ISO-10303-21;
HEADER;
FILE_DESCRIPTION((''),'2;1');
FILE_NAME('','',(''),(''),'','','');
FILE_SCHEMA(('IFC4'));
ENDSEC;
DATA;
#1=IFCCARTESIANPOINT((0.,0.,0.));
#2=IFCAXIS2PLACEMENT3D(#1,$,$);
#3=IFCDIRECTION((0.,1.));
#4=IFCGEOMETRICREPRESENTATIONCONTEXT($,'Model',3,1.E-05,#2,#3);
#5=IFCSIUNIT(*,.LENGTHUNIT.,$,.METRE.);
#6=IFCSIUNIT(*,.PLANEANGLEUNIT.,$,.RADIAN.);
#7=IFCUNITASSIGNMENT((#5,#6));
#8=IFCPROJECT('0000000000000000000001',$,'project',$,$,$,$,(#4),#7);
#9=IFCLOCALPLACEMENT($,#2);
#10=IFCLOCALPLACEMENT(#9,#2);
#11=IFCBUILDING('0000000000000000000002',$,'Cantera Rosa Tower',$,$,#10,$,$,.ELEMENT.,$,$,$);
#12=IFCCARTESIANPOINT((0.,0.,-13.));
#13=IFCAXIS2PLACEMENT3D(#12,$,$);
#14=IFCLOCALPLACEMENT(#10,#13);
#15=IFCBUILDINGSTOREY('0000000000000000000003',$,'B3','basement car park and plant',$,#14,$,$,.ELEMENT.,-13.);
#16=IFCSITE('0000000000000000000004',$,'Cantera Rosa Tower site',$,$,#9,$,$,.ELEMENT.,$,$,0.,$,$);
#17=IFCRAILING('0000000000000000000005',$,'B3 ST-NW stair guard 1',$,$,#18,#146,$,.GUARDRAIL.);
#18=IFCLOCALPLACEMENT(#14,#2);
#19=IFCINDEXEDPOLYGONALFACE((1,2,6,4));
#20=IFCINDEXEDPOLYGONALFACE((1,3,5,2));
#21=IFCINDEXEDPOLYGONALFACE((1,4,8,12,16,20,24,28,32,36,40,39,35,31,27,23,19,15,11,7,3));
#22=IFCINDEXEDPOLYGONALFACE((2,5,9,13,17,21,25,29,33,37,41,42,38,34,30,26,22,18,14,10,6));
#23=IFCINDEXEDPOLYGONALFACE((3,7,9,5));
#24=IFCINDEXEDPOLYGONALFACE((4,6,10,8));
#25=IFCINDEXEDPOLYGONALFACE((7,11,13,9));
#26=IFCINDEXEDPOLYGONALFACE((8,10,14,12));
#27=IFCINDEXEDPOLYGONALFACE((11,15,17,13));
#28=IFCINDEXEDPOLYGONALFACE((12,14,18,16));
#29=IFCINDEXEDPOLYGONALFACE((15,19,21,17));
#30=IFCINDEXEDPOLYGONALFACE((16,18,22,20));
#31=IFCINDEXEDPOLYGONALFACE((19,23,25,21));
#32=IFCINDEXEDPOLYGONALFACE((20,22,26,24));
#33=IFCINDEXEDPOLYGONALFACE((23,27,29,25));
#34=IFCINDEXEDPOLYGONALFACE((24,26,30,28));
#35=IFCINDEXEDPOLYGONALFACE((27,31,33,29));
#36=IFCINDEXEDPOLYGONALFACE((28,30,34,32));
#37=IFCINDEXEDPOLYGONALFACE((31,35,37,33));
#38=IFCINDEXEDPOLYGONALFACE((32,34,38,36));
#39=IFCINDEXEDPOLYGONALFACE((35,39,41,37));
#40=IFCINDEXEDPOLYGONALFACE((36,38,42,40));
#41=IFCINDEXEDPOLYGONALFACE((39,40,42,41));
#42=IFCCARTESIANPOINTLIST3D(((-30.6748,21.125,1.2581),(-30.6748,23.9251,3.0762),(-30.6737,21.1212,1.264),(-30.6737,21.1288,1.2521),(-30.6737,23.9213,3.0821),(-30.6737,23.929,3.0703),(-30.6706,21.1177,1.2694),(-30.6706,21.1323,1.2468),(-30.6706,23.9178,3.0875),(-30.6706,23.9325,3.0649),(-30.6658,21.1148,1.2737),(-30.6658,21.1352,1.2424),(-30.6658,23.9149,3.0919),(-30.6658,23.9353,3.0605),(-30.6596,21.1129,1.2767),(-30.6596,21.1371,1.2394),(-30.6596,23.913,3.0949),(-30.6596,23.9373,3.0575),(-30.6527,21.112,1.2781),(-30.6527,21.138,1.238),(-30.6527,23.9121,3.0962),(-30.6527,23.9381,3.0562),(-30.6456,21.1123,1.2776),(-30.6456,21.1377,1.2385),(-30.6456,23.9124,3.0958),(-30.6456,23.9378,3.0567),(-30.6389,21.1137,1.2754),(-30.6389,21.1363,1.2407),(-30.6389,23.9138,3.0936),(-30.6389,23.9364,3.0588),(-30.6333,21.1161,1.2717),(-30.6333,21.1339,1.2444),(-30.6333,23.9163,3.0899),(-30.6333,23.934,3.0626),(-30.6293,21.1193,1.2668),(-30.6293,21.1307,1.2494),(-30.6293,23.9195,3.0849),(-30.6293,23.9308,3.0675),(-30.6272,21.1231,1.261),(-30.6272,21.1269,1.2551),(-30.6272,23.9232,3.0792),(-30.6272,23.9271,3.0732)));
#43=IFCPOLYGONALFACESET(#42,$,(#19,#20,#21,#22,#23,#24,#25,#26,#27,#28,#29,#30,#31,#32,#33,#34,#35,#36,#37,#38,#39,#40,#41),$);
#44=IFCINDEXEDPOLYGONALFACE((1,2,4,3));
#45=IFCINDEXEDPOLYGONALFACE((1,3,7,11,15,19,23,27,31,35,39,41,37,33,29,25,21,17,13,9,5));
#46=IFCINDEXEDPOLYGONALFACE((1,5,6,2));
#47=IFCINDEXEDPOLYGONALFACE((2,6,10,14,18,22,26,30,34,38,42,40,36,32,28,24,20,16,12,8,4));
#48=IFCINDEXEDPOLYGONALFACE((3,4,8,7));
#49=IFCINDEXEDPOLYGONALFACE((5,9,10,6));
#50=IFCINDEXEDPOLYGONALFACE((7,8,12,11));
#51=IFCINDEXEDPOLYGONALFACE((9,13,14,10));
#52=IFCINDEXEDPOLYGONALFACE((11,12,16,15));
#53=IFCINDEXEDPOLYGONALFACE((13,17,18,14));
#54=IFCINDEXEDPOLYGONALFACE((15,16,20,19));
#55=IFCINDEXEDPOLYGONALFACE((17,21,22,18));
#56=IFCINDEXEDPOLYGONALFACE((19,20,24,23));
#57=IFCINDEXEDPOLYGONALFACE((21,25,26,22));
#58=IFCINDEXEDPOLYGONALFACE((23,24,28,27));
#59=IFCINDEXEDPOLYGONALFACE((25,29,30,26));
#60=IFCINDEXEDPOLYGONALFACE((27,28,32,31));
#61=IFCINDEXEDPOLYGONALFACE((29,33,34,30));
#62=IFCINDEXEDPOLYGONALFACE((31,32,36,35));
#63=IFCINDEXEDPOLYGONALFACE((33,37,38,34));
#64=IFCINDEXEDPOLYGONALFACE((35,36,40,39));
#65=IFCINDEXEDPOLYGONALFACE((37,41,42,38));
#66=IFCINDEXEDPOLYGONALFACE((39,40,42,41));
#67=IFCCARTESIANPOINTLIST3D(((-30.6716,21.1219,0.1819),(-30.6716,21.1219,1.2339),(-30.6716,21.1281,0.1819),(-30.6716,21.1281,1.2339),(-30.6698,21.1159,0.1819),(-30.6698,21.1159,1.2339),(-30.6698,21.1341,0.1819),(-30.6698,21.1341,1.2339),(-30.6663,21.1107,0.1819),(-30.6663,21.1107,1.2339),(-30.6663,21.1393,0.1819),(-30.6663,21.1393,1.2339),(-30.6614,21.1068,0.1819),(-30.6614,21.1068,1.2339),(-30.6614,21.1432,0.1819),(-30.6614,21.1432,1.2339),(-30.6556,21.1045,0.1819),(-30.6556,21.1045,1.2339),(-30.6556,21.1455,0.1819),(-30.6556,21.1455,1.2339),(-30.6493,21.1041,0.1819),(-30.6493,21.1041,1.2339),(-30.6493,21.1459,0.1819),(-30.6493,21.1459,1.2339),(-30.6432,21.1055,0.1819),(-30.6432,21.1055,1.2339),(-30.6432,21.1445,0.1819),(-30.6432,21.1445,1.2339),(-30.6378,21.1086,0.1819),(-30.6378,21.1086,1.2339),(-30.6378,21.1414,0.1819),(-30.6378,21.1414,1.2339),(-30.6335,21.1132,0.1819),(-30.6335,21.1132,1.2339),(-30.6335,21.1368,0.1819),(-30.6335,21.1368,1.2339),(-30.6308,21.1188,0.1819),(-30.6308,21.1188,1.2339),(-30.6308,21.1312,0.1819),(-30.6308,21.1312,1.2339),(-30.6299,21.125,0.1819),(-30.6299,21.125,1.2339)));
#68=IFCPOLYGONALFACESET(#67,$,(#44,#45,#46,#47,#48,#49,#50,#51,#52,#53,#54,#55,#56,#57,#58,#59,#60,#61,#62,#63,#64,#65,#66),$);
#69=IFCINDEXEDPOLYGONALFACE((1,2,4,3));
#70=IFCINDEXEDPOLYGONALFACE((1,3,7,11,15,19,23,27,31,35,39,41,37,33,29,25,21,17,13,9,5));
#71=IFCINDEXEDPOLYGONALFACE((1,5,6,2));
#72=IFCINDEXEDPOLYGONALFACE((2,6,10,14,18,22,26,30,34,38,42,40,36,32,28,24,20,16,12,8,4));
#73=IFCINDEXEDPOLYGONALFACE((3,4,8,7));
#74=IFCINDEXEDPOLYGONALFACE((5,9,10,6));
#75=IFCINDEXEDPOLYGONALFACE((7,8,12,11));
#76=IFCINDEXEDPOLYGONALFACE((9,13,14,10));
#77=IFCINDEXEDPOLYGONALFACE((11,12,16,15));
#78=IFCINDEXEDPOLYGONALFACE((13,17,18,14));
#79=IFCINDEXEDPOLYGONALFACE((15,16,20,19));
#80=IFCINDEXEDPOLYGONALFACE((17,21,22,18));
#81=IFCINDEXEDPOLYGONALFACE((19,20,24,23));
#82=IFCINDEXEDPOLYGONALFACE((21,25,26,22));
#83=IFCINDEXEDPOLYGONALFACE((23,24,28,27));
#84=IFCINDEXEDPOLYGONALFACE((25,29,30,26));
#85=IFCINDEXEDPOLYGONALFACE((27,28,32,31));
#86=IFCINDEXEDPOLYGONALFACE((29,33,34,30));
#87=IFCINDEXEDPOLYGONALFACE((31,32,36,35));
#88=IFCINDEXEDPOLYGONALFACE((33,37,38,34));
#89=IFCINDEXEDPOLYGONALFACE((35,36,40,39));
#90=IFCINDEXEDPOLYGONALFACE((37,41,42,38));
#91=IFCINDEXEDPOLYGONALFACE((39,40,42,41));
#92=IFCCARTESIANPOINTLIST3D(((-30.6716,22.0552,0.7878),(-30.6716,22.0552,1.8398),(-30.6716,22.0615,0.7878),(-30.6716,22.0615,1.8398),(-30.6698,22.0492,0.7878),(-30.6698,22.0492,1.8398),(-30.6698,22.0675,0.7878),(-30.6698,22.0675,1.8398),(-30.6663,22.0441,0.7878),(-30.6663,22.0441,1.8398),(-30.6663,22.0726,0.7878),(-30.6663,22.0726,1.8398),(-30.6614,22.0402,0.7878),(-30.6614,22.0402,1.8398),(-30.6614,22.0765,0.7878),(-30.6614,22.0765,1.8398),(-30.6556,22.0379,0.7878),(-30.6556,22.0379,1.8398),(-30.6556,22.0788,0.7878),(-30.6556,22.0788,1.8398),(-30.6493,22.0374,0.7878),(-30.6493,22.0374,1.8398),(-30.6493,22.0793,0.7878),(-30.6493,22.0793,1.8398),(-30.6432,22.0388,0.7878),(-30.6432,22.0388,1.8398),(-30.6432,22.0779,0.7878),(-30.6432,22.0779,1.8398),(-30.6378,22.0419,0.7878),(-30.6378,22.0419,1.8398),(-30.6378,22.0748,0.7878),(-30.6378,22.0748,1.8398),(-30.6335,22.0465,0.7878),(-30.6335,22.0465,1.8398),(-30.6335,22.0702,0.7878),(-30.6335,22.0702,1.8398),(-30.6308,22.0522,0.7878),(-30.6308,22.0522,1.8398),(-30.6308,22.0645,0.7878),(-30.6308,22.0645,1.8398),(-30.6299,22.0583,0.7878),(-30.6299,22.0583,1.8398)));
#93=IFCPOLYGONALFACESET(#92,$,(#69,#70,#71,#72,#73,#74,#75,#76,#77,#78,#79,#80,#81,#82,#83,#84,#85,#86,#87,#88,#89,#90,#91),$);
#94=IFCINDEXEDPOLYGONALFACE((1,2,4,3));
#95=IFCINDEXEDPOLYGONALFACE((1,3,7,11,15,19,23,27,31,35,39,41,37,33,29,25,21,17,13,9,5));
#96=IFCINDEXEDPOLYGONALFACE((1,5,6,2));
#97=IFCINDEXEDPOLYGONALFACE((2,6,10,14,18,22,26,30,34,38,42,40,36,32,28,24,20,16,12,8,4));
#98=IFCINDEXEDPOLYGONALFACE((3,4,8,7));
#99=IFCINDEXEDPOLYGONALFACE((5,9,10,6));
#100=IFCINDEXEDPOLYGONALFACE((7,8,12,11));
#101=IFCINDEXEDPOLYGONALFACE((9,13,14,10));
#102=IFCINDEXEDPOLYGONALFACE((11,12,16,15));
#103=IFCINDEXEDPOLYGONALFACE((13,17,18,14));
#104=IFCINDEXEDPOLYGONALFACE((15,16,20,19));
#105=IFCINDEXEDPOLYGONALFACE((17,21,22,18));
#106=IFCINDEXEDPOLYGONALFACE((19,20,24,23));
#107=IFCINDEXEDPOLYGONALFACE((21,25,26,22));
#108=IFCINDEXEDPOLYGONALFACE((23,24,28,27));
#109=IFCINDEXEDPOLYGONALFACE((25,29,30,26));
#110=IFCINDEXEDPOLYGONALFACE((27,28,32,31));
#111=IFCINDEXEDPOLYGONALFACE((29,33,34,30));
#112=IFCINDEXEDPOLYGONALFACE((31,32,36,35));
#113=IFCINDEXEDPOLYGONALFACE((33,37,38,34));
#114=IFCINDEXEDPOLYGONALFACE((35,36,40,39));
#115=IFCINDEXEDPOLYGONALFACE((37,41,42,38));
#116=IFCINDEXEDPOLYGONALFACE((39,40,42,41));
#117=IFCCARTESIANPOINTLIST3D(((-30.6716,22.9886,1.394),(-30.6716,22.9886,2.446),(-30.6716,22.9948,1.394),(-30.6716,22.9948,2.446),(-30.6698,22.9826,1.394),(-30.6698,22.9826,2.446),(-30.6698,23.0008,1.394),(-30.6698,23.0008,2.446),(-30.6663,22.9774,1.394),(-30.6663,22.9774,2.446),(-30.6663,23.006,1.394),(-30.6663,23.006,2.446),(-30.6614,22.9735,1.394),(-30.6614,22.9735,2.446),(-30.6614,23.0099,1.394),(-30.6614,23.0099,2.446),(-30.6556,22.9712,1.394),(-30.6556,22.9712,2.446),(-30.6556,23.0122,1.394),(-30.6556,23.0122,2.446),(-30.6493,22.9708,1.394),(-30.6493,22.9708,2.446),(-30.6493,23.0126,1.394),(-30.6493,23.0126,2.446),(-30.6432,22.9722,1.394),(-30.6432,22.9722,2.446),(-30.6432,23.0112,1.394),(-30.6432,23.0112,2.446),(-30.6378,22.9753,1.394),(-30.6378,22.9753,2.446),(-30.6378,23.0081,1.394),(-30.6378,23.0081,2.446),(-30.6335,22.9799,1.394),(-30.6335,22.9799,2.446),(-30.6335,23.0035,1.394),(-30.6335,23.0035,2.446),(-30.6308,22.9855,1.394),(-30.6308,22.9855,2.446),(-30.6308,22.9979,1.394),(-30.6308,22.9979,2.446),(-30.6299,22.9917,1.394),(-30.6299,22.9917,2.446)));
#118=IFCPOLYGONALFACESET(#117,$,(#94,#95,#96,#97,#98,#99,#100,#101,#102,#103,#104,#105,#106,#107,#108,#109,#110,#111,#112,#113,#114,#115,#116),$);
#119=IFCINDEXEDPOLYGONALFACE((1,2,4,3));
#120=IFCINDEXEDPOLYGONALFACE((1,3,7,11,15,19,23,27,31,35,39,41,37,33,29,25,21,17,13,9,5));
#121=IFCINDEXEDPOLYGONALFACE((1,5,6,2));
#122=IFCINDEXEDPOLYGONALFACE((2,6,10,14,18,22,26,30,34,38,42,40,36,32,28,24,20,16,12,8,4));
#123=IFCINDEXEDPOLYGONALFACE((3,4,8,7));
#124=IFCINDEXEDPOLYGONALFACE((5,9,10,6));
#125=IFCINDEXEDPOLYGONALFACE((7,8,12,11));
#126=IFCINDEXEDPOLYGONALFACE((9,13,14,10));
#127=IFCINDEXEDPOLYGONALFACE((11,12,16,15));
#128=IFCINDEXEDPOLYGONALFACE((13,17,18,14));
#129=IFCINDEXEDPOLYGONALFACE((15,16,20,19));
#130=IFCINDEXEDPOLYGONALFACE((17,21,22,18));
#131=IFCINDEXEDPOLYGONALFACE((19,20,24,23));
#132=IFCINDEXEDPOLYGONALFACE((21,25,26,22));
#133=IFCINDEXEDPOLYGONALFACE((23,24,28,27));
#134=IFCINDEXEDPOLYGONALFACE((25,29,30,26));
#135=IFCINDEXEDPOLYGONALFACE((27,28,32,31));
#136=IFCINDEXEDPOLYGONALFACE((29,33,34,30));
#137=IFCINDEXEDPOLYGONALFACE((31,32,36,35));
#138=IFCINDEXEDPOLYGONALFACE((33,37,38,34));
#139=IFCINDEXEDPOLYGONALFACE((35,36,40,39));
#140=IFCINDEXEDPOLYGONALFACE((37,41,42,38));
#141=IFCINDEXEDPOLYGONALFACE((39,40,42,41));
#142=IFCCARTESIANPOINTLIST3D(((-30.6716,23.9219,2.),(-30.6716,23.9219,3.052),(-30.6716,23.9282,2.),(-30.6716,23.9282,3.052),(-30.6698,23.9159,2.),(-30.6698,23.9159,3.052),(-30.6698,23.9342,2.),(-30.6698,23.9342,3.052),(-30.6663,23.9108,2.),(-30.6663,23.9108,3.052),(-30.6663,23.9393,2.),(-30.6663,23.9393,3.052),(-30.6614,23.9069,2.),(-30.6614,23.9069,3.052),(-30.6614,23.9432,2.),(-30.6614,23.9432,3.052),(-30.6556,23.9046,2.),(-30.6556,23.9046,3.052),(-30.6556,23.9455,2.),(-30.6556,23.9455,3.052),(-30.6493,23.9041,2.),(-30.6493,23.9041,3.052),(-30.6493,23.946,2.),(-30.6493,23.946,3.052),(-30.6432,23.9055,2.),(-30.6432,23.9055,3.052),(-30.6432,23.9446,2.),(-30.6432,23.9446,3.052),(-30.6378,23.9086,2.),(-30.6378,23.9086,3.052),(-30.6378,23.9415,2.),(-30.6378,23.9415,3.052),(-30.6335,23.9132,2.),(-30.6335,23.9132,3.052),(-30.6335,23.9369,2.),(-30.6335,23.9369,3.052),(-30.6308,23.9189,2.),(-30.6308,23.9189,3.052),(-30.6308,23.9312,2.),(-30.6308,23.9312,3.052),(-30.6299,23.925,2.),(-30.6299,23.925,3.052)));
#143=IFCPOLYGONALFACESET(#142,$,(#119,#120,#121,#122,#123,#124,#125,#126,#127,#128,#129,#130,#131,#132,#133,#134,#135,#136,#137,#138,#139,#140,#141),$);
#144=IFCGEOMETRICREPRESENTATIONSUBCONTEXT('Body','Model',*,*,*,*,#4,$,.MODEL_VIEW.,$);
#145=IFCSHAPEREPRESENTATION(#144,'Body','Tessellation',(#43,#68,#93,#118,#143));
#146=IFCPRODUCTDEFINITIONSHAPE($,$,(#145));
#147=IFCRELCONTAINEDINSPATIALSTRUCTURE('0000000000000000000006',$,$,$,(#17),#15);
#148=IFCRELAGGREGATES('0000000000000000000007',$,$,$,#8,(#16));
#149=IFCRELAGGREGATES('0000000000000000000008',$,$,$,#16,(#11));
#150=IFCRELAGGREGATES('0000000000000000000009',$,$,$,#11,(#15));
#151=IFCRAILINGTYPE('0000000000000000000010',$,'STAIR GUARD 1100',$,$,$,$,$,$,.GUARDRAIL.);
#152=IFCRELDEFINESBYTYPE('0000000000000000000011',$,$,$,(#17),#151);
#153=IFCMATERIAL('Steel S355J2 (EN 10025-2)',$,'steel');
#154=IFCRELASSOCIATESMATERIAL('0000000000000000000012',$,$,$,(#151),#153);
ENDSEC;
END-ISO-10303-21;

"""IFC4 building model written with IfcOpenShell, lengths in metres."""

from ifc_helpers import new_model, si_unit, direction, frame, origin, origin_2d, place, context, subcontext, project, spatial, circle, extrude, material, type_object, element, save


model = new_model("IFC4")

# Units and contexts
model_context = context("Model", 3, precision=1e-05, world=origin(), true_north=direction((0.0, 1.0)))
body_context = subcontext(model_context, "Body", "Model", "MODEL_VIEW")
ifc_project = project(units=[si_unit("LENGTHUNIT", "METRE"), si_unit("PLANEANGLEUNIT", "RADIAN")], contexts=[model_context])

# Site, building, storey
site_placement = place(None, origin())
site = spatial("IfcSite", under=ifc_project, at=site_placement, Name="Cantera Rosa Tower site", CompositionType="ELEMENT", RefElevation=0.0)
building_placement = place(site_placement, origin())
building = spatial("IfcBuilding", under=site, at=building_placement, Name="Cantera Rosa Tower", CompositionType="ELEMENT")
storey_placement = place(building_placement, frame((0.0, 0.0, -13.0)))
storey = spatial("IfcBuildingStorey", under=building, at=storey_placement, Name="B3", Description="basement car park and plant", CompositionType="ELEMENT", Elevation=-13.0)

# Railing
ifc_material_1 = material(Name="Steel S355J2 (EN 10025-2)", Category="steel")
railing_type_1 = type_object("IfcRailingType", Name="STAIR GUARD 1100", PredefinedType="GUARDRAIL", material=ifc_material_1)
railing_1_placement = place(storey_placement, frame((-30.6509, 21.125, 0.1819)))
element("IfcRailing", 1, at=railing_1_placement, inside=storey, type_object=railing_type_1, Name="B3 ST-NW stair guard 1", PredefinedType="GUARDRAIL", context=body_context, shape_type="SweptSolid", body=[
    extrude(circle(Radius=0.0239, at=origin_2d()), frame((0.0, 0.0, 1.0762), z_axis=(0.0, 0.838706, 0.544585), x_axis=(-1.0, 0.0, 0.0)), (0.0, 0.0, 1.0), 3.3386),
    extrude(circle(Radius=0.021, at=origin_2d()), origin(), (0.0, 0.0, 1.0), 1.052),
    extrude(circle(Radius=0.021, at=origin_2d()), frame((0.0, 0.9333, 0.606)), (0.0, 0.0, 1.0), 1.052),
    extrude(circle(Radius=0.021, at=origin_2d()), frame((0.0, 1.8667, 1.2122)), (0.0, 0.0, 1.0), 1.052),
    extrude(circle(Radius=0.021, at=origin_2d()), frame((0.0, 2.8, 1.8181)), (0.0, 0.0, 1.0), 1.052),
])

save(model, "model.ifc")
